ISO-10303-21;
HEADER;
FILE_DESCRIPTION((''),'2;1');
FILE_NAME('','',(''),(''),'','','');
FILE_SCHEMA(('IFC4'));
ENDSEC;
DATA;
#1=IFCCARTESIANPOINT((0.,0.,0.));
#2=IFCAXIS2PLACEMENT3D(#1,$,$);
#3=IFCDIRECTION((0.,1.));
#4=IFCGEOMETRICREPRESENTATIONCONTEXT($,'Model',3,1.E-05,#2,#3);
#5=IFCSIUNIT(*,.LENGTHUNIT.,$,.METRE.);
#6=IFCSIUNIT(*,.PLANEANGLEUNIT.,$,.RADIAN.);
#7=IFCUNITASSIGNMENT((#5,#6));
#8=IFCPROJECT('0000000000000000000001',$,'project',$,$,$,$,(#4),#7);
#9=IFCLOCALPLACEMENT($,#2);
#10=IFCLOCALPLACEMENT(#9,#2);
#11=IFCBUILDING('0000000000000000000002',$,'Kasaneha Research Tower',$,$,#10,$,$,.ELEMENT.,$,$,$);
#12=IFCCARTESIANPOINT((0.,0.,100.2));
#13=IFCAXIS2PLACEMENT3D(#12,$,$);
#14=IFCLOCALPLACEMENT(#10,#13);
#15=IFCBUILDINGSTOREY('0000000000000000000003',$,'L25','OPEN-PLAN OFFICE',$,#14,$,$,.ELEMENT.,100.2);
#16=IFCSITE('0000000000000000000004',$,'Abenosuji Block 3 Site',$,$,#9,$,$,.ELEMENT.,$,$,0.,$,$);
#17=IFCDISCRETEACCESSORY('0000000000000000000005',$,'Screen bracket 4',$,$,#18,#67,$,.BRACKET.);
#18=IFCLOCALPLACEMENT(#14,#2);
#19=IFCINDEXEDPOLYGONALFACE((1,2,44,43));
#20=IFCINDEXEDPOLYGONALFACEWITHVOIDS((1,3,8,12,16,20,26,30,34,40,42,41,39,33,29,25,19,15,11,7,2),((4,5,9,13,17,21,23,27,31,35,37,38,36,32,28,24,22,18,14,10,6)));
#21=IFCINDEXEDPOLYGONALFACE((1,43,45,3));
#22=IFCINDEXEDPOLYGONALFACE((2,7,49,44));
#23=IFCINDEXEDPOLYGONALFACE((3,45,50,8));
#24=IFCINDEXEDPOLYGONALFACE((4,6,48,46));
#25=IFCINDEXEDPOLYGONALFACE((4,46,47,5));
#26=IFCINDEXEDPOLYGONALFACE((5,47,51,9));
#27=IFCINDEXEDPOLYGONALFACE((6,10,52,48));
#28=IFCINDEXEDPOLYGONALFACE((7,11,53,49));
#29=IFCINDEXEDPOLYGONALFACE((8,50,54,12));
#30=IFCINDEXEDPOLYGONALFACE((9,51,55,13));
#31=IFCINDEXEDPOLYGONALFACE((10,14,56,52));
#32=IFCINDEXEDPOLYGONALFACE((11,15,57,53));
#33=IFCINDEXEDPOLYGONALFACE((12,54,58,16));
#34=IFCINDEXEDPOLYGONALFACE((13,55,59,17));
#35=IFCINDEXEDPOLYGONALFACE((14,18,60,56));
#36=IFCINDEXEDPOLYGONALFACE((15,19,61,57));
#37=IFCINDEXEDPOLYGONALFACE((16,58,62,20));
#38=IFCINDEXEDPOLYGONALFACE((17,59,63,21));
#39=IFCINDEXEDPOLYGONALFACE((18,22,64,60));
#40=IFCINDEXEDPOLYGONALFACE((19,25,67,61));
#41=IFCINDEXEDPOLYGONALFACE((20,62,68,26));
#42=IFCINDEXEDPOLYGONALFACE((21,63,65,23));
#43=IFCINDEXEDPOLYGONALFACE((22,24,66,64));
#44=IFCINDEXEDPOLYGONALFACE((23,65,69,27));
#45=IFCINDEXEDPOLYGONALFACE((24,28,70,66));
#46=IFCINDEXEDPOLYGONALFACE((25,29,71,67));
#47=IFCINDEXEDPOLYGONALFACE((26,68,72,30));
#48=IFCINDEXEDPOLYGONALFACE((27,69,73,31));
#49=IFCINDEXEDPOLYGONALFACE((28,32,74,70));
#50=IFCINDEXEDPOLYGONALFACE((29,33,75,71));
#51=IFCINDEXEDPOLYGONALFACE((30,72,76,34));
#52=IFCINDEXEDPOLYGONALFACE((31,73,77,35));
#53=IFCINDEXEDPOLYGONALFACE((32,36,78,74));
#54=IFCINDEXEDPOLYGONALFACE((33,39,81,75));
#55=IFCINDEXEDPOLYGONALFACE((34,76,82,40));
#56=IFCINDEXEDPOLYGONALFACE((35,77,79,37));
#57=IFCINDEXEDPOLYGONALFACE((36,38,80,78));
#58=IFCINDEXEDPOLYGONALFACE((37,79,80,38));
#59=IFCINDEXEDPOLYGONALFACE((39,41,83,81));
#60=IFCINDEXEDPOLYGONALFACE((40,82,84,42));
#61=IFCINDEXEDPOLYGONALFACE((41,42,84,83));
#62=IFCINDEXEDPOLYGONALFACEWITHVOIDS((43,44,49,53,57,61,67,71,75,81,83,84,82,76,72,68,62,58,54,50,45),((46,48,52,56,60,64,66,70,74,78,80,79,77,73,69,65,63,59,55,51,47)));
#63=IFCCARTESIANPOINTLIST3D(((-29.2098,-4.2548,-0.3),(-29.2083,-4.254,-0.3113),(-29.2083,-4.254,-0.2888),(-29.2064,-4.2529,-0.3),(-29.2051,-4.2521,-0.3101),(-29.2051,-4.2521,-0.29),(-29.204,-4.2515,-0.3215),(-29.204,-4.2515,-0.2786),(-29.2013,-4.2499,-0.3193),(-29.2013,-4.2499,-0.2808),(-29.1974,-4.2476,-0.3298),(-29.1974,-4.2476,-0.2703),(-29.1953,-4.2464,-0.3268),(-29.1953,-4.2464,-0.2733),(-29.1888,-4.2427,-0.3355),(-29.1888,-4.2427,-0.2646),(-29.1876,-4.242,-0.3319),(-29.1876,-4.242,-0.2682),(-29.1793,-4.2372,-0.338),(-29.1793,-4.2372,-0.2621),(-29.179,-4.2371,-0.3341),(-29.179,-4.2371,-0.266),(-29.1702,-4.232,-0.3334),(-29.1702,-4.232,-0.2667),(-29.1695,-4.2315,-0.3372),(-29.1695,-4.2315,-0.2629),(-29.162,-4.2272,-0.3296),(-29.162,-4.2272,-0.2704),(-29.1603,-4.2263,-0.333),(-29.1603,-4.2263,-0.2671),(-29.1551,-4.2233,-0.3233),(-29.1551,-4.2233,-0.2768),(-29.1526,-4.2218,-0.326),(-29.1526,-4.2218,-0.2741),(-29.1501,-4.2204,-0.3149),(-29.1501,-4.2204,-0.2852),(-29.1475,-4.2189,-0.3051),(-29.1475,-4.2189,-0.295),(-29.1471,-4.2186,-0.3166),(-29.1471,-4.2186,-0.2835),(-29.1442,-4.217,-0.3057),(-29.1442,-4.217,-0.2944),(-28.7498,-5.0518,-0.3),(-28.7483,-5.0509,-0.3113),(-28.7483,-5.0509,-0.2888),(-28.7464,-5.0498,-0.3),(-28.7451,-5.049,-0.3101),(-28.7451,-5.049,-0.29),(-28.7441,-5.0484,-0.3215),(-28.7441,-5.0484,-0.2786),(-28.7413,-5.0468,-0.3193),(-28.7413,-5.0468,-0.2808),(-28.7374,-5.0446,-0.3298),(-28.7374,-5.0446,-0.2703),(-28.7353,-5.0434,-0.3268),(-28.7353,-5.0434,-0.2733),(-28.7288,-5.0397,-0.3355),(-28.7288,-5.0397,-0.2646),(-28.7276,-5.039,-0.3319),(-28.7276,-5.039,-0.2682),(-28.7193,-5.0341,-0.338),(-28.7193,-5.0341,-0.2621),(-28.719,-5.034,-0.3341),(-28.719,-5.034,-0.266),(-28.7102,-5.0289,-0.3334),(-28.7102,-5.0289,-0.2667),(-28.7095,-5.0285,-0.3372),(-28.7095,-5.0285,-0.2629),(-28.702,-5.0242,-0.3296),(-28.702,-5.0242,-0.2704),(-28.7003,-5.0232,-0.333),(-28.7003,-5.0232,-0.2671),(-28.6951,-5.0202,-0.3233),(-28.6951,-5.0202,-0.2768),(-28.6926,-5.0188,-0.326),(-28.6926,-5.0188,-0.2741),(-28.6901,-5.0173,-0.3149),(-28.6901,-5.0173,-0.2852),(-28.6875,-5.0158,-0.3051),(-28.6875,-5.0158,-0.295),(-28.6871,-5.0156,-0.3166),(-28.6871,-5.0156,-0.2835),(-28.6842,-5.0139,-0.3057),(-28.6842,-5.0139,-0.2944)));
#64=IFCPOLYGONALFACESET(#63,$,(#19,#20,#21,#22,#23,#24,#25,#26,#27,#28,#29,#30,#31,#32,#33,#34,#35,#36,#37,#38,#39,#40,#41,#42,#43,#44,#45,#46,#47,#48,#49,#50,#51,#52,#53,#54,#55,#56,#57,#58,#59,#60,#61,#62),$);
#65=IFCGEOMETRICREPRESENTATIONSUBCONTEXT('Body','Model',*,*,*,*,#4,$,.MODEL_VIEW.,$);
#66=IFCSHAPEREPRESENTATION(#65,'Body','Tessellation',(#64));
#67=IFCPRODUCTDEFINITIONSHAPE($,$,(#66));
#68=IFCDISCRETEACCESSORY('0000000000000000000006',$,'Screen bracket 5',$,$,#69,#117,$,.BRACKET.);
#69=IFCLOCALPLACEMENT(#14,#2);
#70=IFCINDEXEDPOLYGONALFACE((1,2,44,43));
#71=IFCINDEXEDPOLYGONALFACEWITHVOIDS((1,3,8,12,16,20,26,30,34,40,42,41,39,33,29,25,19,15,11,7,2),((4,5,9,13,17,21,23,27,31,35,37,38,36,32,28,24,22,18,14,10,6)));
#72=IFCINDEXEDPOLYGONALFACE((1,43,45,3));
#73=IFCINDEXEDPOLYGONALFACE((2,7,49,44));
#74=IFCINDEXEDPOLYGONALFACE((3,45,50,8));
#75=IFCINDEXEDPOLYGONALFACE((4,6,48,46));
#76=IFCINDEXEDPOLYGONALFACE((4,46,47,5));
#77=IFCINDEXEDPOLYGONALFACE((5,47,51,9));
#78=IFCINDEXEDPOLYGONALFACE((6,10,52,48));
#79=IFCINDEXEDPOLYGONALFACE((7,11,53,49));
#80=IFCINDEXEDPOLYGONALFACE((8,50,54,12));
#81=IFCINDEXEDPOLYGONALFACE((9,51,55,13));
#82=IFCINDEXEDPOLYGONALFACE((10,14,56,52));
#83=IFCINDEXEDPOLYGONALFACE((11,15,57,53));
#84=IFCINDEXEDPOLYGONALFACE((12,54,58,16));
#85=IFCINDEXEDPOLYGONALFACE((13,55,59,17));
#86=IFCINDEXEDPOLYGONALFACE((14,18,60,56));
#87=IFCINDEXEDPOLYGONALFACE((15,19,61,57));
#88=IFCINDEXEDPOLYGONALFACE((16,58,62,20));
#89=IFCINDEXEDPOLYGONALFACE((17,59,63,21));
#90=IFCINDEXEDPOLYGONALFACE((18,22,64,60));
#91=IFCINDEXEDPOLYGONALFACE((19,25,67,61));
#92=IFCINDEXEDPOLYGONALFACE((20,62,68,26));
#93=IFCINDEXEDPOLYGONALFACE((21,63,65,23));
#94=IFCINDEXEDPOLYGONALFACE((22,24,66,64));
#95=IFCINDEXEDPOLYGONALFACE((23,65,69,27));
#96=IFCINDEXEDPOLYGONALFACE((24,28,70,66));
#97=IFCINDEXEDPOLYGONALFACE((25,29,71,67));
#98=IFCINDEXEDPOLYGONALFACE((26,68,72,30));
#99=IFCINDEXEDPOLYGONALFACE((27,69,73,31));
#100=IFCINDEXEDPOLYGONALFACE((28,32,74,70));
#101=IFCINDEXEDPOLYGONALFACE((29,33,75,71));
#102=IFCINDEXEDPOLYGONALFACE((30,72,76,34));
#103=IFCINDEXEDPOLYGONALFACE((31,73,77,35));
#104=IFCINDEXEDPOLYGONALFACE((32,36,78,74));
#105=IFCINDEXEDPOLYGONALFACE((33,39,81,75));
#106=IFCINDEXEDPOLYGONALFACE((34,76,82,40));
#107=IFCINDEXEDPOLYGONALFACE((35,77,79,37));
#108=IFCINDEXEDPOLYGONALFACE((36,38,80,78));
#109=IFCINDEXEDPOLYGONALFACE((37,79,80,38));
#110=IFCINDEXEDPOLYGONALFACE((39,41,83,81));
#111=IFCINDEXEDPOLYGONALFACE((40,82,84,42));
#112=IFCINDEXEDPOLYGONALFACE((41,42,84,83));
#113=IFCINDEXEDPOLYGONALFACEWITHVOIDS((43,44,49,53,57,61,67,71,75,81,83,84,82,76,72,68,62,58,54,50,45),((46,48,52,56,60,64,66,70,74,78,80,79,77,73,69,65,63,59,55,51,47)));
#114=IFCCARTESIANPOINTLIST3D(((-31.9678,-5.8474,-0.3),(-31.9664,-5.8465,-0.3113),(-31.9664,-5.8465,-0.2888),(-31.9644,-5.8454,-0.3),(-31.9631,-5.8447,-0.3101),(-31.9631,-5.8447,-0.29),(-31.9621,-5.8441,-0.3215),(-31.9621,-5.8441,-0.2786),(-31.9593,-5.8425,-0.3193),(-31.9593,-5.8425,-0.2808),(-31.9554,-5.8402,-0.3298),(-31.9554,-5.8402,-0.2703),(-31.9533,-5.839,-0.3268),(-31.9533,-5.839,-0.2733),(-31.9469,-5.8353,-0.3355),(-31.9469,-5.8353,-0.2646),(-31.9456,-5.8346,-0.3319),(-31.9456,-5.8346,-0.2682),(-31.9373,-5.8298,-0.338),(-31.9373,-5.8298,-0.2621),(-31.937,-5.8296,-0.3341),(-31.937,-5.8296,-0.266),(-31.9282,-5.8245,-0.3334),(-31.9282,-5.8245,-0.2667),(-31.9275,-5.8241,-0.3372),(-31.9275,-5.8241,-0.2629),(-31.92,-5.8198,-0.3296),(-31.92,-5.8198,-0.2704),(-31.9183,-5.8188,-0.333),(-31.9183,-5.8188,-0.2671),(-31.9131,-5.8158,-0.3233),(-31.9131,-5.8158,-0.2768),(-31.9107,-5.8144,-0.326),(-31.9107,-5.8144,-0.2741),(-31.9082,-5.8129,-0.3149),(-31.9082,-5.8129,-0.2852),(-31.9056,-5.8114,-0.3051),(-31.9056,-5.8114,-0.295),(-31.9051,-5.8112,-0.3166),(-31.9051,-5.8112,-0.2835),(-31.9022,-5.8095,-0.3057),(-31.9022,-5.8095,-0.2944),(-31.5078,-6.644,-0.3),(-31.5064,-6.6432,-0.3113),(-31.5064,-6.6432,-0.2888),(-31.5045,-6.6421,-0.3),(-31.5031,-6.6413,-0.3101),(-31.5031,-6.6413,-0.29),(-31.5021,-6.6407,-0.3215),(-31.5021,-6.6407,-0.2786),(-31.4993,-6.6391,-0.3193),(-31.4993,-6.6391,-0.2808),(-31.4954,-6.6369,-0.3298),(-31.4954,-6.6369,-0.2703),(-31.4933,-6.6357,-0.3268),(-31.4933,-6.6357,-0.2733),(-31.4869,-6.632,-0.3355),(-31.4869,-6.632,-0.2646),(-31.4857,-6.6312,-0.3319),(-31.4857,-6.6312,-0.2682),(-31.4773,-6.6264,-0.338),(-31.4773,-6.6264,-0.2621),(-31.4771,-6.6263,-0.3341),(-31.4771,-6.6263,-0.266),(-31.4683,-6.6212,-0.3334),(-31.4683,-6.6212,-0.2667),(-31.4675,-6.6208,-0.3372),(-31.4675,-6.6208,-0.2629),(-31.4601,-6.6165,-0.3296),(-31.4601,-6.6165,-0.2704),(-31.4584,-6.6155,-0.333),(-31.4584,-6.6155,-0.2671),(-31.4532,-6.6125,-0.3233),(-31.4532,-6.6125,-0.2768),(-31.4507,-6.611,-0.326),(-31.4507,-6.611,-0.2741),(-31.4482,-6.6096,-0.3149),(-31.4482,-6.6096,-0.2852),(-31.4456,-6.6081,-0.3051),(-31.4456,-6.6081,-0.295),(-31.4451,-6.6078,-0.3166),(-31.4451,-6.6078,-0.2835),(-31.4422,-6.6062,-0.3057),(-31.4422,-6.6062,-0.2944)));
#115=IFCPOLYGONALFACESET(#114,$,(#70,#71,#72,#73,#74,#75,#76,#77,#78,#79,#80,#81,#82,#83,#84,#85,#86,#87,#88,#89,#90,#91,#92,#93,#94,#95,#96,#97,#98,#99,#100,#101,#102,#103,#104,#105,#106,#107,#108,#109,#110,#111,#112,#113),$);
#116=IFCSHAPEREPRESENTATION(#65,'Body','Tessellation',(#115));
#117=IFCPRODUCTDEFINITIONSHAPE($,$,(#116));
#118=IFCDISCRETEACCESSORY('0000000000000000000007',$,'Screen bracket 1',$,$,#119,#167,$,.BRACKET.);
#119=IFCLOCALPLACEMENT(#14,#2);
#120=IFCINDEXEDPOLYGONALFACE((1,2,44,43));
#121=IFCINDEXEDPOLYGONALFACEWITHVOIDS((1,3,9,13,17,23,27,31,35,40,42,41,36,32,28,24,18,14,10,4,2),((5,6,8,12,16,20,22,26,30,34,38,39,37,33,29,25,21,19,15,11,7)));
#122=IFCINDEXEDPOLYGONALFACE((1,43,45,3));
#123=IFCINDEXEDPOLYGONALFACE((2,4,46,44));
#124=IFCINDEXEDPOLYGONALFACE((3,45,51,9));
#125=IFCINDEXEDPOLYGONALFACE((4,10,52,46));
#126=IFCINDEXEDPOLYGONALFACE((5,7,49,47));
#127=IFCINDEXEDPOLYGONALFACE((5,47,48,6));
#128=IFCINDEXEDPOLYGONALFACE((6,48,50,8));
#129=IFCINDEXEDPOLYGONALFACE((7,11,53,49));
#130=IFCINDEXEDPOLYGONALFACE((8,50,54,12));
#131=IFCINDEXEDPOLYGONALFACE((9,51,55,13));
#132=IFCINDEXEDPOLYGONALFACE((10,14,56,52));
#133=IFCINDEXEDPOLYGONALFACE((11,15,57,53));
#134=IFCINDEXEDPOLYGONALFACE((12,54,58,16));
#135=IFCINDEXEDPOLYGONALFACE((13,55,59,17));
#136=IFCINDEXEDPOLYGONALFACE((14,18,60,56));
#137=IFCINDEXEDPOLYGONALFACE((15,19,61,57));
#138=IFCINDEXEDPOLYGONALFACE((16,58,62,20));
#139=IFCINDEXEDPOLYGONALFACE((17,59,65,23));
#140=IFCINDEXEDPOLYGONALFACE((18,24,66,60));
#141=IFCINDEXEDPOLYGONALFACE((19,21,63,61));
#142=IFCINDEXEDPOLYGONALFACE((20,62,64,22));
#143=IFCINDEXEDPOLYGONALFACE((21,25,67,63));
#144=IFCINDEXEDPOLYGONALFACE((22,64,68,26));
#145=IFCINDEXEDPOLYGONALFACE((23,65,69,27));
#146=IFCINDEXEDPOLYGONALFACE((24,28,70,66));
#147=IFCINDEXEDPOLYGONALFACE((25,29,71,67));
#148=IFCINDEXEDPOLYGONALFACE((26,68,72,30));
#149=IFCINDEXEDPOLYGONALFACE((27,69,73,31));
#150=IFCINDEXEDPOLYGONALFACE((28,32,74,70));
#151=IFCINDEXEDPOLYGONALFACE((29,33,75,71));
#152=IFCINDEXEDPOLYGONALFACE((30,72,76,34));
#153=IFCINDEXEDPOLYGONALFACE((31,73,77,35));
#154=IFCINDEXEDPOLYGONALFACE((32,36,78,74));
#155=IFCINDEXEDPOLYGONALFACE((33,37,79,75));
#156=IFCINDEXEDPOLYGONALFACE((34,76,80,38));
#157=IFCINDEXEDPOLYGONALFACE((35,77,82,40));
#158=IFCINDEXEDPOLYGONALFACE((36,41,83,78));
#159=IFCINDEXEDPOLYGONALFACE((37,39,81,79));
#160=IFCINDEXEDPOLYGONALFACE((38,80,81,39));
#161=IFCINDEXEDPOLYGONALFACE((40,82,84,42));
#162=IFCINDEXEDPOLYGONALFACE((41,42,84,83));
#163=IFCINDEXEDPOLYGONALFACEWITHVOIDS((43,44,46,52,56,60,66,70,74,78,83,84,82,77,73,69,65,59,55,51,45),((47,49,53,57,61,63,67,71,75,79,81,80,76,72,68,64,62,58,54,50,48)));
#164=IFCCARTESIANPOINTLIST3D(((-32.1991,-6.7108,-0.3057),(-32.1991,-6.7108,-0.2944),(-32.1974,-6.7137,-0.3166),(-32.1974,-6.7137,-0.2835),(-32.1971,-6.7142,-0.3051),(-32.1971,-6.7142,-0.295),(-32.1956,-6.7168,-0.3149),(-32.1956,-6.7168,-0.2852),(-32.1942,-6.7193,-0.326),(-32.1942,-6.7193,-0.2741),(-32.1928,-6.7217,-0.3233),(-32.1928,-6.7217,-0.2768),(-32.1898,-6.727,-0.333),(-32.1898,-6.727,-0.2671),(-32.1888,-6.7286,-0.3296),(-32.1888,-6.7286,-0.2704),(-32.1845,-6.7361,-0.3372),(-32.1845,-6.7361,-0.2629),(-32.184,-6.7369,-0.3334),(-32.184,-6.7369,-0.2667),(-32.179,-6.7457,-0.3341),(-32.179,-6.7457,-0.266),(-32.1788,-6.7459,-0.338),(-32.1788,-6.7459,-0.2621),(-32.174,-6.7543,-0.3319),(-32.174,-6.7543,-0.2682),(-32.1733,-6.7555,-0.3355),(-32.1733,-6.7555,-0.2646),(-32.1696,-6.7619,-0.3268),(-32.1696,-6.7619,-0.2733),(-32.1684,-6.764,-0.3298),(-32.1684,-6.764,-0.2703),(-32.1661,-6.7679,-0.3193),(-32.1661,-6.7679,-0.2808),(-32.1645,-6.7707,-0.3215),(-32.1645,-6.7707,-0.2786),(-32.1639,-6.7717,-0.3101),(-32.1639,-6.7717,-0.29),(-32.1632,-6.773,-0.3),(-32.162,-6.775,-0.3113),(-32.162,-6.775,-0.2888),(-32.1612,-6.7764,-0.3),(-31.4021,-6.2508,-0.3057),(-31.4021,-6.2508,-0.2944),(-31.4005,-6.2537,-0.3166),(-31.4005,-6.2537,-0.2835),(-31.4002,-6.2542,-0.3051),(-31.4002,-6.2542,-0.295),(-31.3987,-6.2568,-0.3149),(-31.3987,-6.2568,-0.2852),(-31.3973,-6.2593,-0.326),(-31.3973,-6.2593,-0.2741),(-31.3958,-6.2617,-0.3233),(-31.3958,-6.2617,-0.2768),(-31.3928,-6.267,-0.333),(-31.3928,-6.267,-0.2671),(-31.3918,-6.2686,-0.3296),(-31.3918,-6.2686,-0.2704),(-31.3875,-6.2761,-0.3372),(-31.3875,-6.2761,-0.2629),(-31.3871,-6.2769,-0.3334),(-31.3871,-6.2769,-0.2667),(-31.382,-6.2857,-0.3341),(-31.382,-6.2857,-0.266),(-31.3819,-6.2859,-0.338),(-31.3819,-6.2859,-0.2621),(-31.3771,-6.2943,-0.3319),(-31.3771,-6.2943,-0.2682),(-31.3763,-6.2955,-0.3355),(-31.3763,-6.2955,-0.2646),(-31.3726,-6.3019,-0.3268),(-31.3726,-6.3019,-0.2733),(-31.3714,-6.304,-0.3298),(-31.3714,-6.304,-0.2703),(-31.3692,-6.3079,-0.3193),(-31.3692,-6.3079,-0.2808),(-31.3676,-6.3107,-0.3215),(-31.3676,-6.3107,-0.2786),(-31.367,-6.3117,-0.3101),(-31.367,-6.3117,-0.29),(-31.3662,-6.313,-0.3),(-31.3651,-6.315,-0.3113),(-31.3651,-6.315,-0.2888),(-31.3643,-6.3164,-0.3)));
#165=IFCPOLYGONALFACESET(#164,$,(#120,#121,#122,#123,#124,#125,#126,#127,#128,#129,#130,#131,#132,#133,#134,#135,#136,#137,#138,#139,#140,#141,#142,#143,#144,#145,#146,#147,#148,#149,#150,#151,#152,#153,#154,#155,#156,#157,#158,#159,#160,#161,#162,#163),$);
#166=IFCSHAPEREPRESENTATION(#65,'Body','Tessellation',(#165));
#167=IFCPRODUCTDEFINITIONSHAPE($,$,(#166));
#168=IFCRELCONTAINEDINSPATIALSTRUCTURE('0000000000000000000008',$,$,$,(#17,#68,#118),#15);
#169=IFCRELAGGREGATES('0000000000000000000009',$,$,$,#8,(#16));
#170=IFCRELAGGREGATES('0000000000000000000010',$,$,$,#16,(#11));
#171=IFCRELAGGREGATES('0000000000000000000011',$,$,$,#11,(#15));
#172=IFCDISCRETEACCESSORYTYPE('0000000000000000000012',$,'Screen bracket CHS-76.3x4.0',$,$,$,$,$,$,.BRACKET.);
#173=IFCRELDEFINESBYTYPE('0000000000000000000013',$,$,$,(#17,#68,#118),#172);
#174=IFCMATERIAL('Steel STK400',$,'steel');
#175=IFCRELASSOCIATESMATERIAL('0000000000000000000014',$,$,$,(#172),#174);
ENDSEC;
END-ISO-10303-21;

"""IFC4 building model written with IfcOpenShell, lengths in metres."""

from ifc_helpers import new_model, si_unit, direction, frame, origin, origin_2d, place, context, subcontext, project, spatial, hollow_circle, extrude, material, material_profile, profile_set, type_object, element, save


model = new_model("IFC4")

# Units and contexts
model_context = context("Model", 3, precision=1e-05, world=origin(), true_north=direction((0.0, 1.0)))
body_context = subcontext(model_context, "Body", "Model", "MODEL_VIEW")
ifc_project = project(units=[si_unit("LENGTHUNIT", "METRE"), si_unit("PLANEANGLEUNIT", "RADIAN")], contexts=[model_context])

# Site, building, storey
site_placement = place(None, origin())
site = spatial("IfcSite", under=ifc_project, at=site_placement, Name="Abenosuji Block 3 Site", CompositionType="ELEMENT", RefElevation=0.0)
building_placement = place(site_placement, origin())
building = spatial("IfcBuilding", under=site, at=building_placement, Name="Kasaneha Research Tower", CompositionType="ELEMENT")
storey_placement = place(building_placement, frame((0.0, 0.0, 100.2)))
storey = spatial("IfcBuildingStorey", under=building, at=storey_placement, Name="L25", Description="OPEN-PLAN OFFICE", CompositionType="ELEMENT", Elevation=100.2)

# Discrete accessories
ifc_material_1 = material(Name="Steel STK400", Category="steel")
ifc_material_profile_1 = material_profile(ifc_material_1, hollow_circle(Radius=0.0381, WallThickness=0.0039, at=origin_2d()), Name="CHS-76.3x4.0")
ifc_profile_set_1 = profile_set([ifc_material_profile_1], Name="Steel STK400")
discrete_accessory_type = type_object("IfcDiscreteAccessoryType", Name="Screen bracket CHS-76.3x4.0", PredefinedType="BRACKET", material=ifc_profile_set_1)
discrete_accessory_1_placement = place(storey_placement, frame((-28.7168, -5.0327, -0.3), z_axis=(-0.499906, 0.86608, 0.0), x_axis=(-0.86608, -0.499906, 0.0)))
element("IfcDiscreteAccessory", 1, at=discrete_accessory_1_placement, inside=storey, type_object=discrete_accessory_type, Name="Screen bracket 4", PredefinedType="BRACKET", context=body_context, shape_type="SweptSolid", body=[
    extrude(hollow_circle(Radius=0.0381, WallThickness=0.0039, at=origin_2d()), origin(), (0.0, 0.0, 1.0), 0.9202),
])
discrete_accessory_2_placement = place(storey_placement, frame((-31.4749, -6.625, -0.3), z_axis=(-0.500021, 0.866013, 0.0), x_axis=(-0.866013, -0.500021, 0.0)))
element("IfcDiscreteAccessory", 2, at=discrete_accessory_2_placement, inside=storey, type_object=discrete_accessory_type, Name="Screen bracket 5", PredefinedType="BRACKET", context=body_context, shape_type="SweptSolid", body=[
    extrude(hollow_circle(Radius=0.0381, WallThickness=0.0039, at=origin_2d()), origin(), (0.0, 0.0, 1.0), 0.9199),
])
discrete_accessory_3_placement = place(storey_placement, frame((-31.3833, -6.2834, -0.3), z_axis=(-0.86608, -0.499906, 0.0), x_axis=(0.499906, -0.86608, 0.0)))
element("IfcDiscreteAccessory", 3, at=discrete_accessory_3_placement, inside=storey, type_object=discrete_accessory_type, Name="Screen bracket 1", PredefinedType="BRACKET", context=body_context, shape_type="SweptSolid", body=[
    extrude(hollow_circle(Radius=0.0381, WallThickness=0.0039, at=origin_2d()), origin(), (0.0, 0.0, 1.0), 0.9202),
])

save(model, "model.ifc")
